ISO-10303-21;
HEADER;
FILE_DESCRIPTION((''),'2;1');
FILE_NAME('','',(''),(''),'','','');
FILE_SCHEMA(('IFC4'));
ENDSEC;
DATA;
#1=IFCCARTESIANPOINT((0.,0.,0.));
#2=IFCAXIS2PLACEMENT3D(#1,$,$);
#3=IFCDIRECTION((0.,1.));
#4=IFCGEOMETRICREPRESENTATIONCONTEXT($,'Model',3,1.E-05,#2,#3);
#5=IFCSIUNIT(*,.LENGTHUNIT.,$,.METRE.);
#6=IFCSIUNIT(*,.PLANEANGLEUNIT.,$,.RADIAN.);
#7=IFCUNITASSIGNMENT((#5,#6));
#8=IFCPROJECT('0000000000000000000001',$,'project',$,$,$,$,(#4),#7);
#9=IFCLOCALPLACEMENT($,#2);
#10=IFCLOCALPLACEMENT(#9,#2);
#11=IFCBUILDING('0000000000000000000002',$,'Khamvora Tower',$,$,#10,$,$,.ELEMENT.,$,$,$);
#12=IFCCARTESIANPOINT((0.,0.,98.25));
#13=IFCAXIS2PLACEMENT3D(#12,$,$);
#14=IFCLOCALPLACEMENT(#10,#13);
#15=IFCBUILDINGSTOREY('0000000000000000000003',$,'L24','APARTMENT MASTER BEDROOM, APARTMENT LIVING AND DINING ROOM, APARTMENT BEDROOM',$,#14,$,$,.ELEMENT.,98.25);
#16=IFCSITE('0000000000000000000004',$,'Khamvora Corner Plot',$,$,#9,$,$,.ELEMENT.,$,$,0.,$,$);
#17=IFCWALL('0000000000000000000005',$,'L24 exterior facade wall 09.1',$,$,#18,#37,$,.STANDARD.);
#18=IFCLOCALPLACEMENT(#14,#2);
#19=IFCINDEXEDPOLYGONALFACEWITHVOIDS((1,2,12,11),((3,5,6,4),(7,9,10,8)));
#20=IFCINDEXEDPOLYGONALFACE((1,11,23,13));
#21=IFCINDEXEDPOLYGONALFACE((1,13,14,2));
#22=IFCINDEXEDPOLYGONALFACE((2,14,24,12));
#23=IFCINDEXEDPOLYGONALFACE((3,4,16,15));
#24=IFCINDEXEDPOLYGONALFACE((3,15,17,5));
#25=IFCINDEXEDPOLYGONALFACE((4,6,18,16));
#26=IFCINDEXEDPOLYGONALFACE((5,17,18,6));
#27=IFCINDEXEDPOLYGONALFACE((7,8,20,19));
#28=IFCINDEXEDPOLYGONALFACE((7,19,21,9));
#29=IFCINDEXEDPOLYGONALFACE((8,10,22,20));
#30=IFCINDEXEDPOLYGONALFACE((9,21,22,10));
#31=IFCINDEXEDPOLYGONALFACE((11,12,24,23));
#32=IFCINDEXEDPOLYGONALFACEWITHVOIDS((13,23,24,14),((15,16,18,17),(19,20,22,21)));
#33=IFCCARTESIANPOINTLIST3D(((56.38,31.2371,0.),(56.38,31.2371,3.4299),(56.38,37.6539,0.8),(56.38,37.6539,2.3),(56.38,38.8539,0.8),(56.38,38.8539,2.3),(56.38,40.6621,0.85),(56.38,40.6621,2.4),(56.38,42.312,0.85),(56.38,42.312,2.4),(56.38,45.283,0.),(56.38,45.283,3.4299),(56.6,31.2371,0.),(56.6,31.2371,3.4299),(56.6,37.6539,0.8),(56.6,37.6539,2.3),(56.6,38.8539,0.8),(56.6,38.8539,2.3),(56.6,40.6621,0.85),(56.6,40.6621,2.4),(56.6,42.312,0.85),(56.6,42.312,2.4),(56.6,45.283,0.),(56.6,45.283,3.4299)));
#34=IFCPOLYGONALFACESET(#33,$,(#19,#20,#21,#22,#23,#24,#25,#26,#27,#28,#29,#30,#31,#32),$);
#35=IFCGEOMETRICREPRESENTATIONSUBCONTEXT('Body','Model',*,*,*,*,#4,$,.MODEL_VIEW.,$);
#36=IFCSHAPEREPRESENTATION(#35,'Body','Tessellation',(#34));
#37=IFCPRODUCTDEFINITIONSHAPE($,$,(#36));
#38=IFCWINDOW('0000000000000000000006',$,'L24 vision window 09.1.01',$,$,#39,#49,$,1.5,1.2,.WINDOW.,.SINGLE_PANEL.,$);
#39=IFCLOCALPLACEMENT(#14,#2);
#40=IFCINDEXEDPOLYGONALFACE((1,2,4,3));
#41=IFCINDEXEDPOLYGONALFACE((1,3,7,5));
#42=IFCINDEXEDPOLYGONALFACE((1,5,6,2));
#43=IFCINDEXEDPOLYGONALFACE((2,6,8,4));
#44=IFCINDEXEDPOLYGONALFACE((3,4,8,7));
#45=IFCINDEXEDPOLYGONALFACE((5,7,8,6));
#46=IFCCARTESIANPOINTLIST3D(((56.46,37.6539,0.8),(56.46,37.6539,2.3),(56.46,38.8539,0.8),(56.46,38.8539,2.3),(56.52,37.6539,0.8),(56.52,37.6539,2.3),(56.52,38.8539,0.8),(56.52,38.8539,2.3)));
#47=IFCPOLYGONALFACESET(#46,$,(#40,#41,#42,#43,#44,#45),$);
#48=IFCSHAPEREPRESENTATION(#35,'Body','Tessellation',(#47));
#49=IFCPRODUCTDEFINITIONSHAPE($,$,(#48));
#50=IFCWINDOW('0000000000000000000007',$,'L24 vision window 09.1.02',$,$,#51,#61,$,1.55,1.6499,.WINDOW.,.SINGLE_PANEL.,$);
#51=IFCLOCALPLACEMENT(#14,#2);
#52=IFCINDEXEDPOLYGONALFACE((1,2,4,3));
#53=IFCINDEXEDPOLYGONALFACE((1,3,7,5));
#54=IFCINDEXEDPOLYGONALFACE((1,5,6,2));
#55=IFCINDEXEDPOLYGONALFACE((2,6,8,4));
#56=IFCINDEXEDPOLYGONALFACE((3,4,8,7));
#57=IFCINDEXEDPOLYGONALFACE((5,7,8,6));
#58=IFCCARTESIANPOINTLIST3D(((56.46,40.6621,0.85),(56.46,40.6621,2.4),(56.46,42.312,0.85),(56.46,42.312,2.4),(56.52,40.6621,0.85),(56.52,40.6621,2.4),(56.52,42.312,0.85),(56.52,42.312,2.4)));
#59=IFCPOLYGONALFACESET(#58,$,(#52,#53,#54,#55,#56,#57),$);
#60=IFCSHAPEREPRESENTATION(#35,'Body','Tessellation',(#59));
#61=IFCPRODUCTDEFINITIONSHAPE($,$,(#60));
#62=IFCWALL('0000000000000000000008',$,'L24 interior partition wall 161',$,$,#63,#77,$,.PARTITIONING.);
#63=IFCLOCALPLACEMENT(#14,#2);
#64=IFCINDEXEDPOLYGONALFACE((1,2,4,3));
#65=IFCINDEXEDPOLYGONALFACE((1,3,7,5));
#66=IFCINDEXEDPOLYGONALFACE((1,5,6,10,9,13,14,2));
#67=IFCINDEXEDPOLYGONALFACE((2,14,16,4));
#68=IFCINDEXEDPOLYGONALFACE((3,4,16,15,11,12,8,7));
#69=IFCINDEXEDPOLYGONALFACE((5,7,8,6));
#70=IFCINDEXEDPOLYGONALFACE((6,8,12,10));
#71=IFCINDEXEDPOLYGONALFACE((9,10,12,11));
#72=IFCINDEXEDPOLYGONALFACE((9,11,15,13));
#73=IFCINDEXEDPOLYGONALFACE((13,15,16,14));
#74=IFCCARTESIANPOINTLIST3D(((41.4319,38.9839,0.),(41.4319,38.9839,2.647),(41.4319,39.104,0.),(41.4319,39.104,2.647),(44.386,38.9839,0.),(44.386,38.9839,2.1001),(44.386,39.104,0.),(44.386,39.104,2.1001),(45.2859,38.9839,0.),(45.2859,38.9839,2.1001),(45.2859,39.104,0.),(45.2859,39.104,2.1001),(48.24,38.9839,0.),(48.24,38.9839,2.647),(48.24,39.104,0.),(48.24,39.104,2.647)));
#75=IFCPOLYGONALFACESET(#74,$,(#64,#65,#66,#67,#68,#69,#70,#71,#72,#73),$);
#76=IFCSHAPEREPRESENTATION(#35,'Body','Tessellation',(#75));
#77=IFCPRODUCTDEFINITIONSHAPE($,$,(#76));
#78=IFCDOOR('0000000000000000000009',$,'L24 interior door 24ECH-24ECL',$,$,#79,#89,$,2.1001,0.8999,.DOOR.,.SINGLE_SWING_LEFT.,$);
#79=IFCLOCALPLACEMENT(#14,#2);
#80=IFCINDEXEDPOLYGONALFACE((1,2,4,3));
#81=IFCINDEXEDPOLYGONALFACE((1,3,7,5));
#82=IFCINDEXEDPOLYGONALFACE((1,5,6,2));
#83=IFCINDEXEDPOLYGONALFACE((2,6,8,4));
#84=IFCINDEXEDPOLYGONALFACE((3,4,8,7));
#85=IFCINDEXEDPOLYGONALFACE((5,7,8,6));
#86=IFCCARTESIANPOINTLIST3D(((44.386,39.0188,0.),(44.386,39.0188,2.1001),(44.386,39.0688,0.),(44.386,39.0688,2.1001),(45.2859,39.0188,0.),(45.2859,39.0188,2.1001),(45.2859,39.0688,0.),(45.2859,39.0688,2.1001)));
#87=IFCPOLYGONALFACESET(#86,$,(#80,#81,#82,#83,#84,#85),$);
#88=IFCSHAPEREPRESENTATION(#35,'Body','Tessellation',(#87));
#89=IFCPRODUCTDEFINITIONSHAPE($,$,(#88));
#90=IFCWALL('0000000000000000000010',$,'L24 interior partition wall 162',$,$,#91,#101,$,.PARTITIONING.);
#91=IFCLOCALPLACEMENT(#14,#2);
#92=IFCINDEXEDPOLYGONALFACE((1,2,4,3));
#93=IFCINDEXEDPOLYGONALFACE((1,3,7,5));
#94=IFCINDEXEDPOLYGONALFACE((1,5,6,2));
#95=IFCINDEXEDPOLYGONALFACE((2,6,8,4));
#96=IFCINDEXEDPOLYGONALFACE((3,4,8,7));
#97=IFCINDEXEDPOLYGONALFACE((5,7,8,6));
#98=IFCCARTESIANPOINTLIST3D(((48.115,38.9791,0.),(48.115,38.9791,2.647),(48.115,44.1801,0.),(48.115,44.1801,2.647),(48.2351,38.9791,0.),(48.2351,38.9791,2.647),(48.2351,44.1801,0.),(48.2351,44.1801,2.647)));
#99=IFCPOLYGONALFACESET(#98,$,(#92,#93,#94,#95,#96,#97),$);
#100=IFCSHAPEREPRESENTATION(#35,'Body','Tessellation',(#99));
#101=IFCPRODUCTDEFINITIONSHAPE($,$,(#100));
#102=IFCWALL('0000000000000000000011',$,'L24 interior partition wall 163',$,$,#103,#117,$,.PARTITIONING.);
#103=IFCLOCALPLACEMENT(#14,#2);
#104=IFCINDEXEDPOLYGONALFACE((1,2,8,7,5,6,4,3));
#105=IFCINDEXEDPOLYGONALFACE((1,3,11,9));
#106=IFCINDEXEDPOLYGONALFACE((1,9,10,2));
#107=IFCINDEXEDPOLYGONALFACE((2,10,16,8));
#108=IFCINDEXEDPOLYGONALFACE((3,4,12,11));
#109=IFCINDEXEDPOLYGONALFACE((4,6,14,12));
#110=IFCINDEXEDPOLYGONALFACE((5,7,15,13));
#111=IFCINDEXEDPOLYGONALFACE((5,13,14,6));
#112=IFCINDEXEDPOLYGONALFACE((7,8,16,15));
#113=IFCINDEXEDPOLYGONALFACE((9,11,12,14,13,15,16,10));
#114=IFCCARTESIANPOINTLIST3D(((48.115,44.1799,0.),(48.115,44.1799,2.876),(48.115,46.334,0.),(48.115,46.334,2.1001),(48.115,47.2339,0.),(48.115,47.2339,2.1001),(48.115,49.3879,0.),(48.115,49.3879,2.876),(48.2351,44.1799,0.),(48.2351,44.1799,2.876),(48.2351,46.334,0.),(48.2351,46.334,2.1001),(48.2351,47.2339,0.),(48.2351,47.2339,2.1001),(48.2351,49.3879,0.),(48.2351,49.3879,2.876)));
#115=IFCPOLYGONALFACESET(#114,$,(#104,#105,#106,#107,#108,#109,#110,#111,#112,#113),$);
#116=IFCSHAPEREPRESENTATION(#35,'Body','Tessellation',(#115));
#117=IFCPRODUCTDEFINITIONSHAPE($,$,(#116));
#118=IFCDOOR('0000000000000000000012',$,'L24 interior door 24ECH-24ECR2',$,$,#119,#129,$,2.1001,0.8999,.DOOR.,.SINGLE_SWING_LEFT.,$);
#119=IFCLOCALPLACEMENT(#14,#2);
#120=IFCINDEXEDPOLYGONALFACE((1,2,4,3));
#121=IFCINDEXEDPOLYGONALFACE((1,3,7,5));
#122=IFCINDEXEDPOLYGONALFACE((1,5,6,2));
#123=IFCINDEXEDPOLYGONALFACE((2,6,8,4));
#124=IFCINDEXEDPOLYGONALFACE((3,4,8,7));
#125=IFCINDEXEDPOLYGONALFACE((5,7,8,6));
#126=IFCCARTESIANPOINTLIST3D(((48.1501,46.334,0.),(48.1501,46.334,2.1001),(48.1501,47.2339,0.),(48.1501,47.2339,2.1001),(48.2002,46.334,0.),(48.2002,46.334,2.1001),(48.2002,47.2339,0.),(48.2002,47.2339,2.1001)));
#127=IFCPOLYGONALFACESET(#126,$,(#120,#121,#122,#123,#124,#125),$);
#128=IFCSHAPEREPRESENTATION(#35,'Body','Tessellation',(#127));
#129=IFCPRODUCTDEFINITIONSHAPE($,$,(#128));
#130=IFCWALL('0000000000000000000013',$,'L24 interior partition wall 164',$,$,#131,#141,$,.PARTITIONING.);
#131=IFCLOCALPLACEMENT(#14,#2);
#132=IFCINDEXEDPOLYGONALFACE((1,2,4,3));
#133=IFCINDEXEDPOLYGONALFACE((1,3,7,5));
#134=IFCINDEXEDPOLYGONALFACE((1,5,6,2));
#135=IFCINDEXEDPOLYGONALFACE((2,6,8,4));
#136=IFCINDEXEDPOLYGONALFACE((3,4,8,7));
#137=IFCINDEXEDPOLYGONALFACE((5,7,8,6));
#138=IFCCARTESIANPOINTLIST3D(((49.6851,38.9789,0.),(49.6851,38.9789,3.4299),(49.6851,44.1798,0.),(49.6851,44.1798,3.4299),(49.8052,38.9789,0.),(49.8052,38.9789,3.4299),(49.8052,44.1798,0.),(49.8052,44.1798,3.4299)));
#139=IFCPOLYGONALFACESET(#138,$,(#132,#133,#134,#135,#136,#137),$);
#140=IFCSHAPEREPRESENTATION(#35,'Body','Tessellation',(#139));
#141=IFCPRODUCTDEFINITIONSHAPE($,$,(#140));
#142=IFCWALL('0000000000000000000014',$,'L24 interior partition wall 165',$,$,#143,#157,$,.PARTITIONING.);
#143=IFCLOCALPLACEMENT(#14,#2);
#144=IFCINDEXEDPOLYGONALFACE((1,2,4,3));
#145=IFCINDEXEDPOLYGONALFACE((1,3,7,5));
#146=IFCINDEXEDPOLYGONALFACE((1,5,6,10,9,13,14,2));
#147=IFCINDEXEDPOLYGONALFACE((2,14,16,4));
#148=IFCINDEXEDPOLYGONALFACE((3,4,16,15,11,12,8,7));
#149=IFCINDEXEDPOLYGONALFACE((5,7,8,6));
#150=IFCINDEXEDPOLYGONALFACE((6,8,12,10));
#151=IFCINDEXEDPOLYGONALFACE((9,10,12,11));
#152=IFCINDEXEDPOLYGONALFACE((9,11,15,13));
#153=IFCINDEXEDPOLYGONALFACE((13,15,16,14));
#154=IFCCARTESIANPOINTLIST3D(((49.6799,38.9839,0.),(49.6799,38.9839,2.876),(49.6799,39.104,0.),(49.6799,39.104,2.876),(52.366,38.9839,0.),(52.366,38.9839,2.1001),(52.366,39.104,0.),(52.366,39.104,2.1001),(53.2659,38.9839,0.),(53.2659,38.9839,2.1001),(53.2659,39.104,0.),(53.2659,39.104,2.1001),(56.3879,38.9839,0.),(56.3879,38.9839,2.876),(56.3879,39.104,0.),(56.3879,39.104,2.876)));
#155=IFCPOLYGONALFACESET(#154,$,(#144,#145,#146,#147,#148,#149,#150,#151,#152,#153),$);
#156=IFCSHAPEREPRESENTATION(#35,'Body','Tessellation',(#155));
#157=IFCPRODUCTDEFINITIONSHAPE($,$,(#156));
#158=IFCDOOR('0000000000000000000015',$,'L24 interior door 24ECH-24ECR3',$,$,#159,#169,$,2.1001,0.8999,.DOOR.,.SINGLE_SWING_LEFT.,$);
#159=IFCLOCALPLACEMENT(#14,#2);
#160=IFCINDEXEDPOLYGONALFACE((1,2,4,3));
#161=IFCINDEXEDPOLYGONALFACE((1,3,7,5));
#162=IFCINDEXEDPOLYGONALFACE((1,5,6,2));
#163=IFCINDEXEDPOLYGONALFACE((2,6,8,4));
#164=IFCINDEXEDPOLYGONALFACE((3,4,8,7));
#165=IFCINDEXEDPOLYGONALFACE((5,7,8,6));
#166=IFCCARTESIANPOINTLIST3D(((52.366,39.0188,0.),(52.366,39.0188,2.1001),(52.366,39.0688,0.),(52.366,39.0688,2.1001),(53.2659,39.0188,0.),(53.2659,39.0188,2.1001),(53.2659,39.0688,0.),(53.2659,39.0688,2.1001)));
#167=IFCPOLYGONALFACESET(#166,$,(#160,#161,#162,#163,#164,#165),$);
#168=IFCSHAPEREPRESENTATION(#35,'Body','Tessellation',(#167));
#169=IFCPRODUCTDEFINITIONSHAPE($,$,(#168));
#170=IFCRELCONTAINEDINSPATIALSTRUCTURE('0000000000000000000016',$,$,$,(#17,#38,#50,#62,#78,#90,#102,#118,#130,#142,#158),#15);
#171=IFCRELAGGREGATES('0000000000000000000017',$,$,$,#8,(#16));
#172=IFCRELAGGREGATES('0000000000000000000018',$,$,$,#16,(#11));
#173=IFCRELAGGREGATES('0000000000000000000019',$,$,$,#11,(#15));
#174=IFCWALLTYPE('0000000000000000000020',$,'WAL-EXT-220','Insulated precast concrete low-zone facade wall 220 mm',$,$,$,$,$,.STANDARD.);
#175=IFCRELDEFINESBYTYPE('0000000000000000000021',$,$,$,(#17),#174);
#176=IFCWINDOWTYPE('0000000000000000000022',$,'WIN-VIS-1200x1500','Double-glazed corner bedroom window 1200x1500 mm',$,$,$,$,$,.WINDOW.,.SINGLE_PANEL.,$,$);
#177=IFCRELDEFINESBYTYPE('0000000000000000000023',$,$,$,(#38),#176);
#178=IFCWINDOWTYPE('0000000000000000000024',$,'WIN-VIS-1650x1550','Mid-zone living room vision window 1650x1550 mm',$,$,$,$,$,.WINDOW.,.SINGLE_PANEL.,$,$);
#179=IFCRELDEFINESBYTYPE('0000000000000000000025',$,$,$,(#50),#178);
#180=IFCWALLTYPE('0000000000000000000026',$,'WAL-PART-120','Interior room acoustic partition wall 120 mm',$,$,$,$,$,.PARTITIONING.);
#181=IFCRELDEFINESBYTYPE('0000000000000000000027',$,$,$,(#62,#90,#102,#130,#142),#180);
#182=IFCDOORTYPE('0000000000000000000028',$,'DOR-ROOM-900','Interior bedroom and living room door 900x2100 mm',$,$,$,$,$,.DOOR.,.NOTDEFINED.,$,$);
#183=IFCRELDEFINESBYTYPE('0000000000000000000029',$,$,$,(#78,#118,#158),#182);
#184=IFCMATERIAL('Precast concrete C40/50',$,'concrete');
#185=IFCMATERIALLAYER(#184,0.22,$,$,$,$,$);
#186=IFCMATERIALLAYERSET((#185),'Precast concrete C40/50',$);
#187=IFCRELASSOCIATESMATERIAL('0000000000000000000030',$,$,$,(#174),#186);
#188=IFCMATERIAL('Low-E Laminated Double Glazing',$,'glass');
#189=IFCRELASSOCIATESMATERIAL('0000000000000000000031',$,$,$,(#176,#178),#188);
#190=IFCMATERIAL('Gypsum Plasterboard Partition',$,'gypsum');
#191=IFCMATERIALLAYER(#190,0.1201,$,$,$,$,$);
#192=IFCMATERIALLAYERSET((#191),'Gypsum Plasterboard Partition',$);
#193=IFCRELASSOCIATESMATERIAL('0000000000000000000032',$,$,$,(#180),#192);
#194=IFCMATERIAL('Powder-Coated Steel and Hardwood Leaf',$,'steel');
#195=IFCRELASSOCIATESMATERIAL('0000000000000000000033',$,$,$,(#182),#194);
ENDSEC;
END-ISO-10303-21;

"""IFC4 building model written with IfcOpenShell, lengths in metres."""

from ifc_helpers import new_model, si_unit, direction, frame, frame_2d, origin, place, context, subcontext, project, spatial, rectangle, extrude, material, layer, layer_set, type_object, element, fill, save


model = new_model("IFC4")

# Units and contexts
model_context = context("Model", 3, precision=1e-05, world=origin(), true_north=direction((0.0, 1.0)))
body_context = subcontext(model_context, "Body", "Model", "MODEL_VIEW")
ifc_project = project(units=[si_unit("LENGTHUNIT", "METRE"), si_unit("PLANEANGLEUNIT", "RADIAN")], contexts=[model_context])

# Site, building, storey
site_placement = place(None, origin())
site = spatial("IfcSite", under=ifc_project, at=site_placement, Name="Khamvora Corner Plot", CompositionType="ELEMENT", RefElevation=0.0)
building_placement = place(site_placement, origin())
building = spatial("IfcBuilding", under=site, at=building_placement, Name="Khamvora Tower", CompositionType="ELEMENT")
storey_placement = place(building_placement, frame((0.0, 0.0, 98.25)))
storey = spatial("IfcBuildingStorey", under=building, at=storey_placement, Name="L24", Description="APARTMENT MASTER BEDROOM, APARTMENT LIVING AND DINING ROOM, APARTMENT BEDROOM", CompositionType="ELEMENT", Elevation=98.25)

# Shared definitions
ifc_material_1 = material(Name="Precast concrete C40/50", Category="concrete")
ifc_layer_1 = layer(ifc_material_1, 0.22)
ifc_layer_set_1 = layer_set([ifc_layer_1], Name="Precast concrete C40/50")
wall_type_1 = type_object("IfcWallType", Name="WAL-EXT-220", Description="Insulated precast concrete low-zone facade wall 220 mm", PredefinedType="STANDARD", material=ifc_layer_set_1)

# Wall, openings, windows
wall_1_placement = place(storey_placement, frame((56.49, 45.283, 0.0), z_axis=(0.0, 0.0, 1.0), x_axis=(0.0, -1.0, 0.0)))
wall_1 = element("IfcWall", 1, at=wall_1_placement, inside=storey, type_object=wall_type_1, Name="L24 exterior facade wall 09.1", PredefinedType="STANDARD", context=body_context, shape_type="SweptSolid", body=[
    extrude(rectangle(XDim=14.0459, YDim=0.22, at=frame_2d((7.0229, 0.0))), origin(), (0.0, 0.0, 1.0), 3.4299),
])
opening_1_placement = place(wall_1_placement, frame((6.429, 0.0, 0.8)))
opening_1 = element("IfcOpeningElement", 2, at=opening_1_placement, cuts=wall_1, PredefinedType="OPENING", context=body_context, shape_type="SweptSolid", body=[
    extrude(rectangle(XDim=1.2, YDim=1.5, at=frame_2d((0.6001, 0.75))), frame((0.0, 0.1199, 0.0), z_axis=(0.0, -1.0, 0.0), x_axis=(1.0, 0.0, 0.0)), (0.0, 0.0, 1.0), 0.24),
])
opening_2_placement = place(wall_1_placement, frame((2.9709, 0.0, 0.8501)))
opening_2 = element("IfcOpeningElement", 3, at=opening_2_placement, cuts=wall_1, PredefinedType="OPENING", context=body_context, shape_type="SweptSolid", body=[
    extrude(rectangle(XDim=1.6499, YDim=1.55, at=frame_2d((0.825, 0.7749))), frame((0.0, 0.1199, 0.0), z_axis=(0.0, -1.0, 0.0), x_axis=(1.0, 0.0, 0.0)), (0.0, 0.0, 1.0), 0.24),
])
ifc_material_2 = material(Name="Low-E Laminated Double Glazing", Category="glass")
window_type_1 = type_object("IfcWindowType", Name="WIN-VIS-1200x1500", Description="Double-glazed corner bedroom window 1200x1500 mm", PartitioningType="SINGLE_PANEL", PredefinedType="WINDOW", material=ifc_material_2)
window_1_placement = place(opening_1_placement, origin())
window_1 = element("IfcWindow", 4, at=window_1_placement, inside=storey, type_object=window_type_1, Name="L24 vision window 09.1.01", OverallHeight=1.5, OverallWidth=1.2, PartitioningType="SINGLE_PANEL", PredefinedType="WINDOW", context=body_context, shape_type="SweptSolid", body=[
    extrude(rectangle(XDim=1.2, YDim=1.5, at=frame_2d((0.6001, 0.75))), frame((0.0, 0.03, 0.0), z_axis=(0.0, -1.0, 0.0), x_axis=(1.0, 0.0, 0.0)), (0.0, 0.0, 1.0), 0.0601),
])
fill(opening_1, window_1)
window_type_2 = type_object("IfcWindowType", Name="WIN-VIS-1650x1550", Description="Mid-zone living room vision window 1650x1550 mm", PartitioningType="SINGLE_PANEL", PredefinedType="WINDOW", material=ifc_material_2)
window_2_placement = place(opening_2_placement, origin())
window_2 = element("IfcWindow", 5, at=window_2_placement, inside=storey, type_object=window_type_2, Name="L24 vision window 09.1.02", OverallHeight=1.55, OverallWidth=1.6499, PartitioningType="SINGLE_PANEL", PredefinedType="WINDOW", context=body_context, shape_type="SweptSolid", body=[
    extrude(rectangle(XDim=1.6499, YDim=1.55, at=frame_2d((0.825, 0.7749))), frame((0.0, 0.03, 0.0), z_axis=(0.0, -1.0, 0.0), x_axis=(1.0, 0.0, 0.0)), (0.0, 0.0, 1.0), 0.0601),
])
fill(opening_2, window_2)

# Wall, opening, door
ifc_material_3 = material(Name="Gypsum Plasterboard Partition", Category="gypsum")
ifc_layer_2 = layer(ifc_material_3, 0.1201)
ifc_layer_set_2 = layer_set([ifc_layer_2], Name="Gypsum Plasterboard Partition")
wall_type_2 = type_object("IfcWallType", Name="WAL-PART-120", Description="Interior room acoustic partition wall 120 mm", PredefinedType="PARTITIONING", material=ifc_layer_set_2)
wall_2_placement = place(storey_placement, frame((41.4319, 39.0439, 0.0), z_axis=(0.0, 0.0, 1.0), x_axis=(1.0, 0.0, 0.0)))
wall_2 = element("IfcWall", 6, at=wall_2_placement, inside=storey, type_object=wall_type_2, Name="L24 interior partition wall 161", PredefinedType="PARTITIONING", context=body_context, shape_type="SweptSolid", body=[
    extrude(rectangle(XDim=6.8081, YDim=0.1201, at=frame_2d((3.4041, 0.0))), origin(), (0.0, 0.0, 1.0), 2.647),
])
opening_3_placement = place(wall_2_placement, frame((2.9541, 0.0, 0.0)))
opening_3 = element("IfcOpeningElement", 7, at=opening_3_placement, cuts=wall_2, PredefinedType="OPENING", context=body_context, shape_type="SweptSolid", body=[
    extrude(rectangle(XDim=0.8999, YDim=2.1001, at=frame_2d((0.45, 1.05))), frame((0.0, 0.0701, 0.0), z_axis=(0.0, -1.0, 0.0), x_axis=(1.0, 0.0, 0.0)), (0.0, 0.0, 1.0), 0.1401),
])
ifc_material_4 = material(Name="Powder-Coated Steel and Hardwood Leaf", Category="steel")
door_type_1 = type_object("IfcDoorType", Name="DOR-ROOM-900", Description="Interior bedroom and living room door 900x2100 mm", OperationType="NOTDEFINED", PredefinedType="DOOR", material=ifc_material_4)
door_1_placement = place(opening_3_placement, origin())
door_1 = element("IfcDoor", 8, at=door_1_placement, inside=storey, type_object=door_type_1, Name="L24 interior door 24ECH-24ECL", OperationType="SINGLE_SWING_LEFT", OverallHeight=2.1001, OverallWidth=0.8999, PredefinedType="DOOR", context=body_context, shape_type="SweptSolid", body=[
    extrude(rectangle(XDim=0.8999, YDim=2.1001, at=frame_2d((0.45, 1.05))), frame((0.0, 0.0249, 0.0), z_axis=(0.0, -1.0, 0.0), x_axis=(1.0, 0.0, 0.0)), (0.0, 0.0, 1.0), 0.05),
])
fill(opening_3, door_1)

# Wall
wall_3_placement = place(storey_placement, frame((48.175, 38.979, 0.0), z_axis=(0.0, 0.0, 1.0), x_axis=(0.0, 1.0, 0.0)))
element("IfcWall", 9, at=wall_3_placement, inside=storey, type_object=wall_type_2, Name="L24 interior partition wall 162", PredefinedType="PARTITIONING", context=body_context, shape_type="SweptSolid", body=[
    extrude(rectangle(XDim=5.2009, YDim=0.1201, at=frame_2d((2.6006, 0.0))), origin(), (0.0, 0.0, 1.0), 2.647),
])

# Wall, opening, door
wall_4_placement = place(storey_placement, frame((48.175, 44.1799, 0.0), z_axis=(0.0, 0.0, 1.0), x_axis=(0.0, 1.0, 0.0)))
wall_4 = element("IfcWall", 10, at=wall_4_placement, inside=storey, type_object=wall_type_2, Name="L24 interior partition wall 163", PredefinedType="PARTITIONING", context=body_context, shape_type="SweptSolid", body=[
    extrude(rectangle(XDim=5.208, YDim=0.1201, at=frame_2d((2.604, 0.0))), origin(), (0.0, 0.0, 1.0), 2.876),
])
opening_4_placement = place(wall_4_placement, frame((2.1541, 0.0, 0.0)))
opening_4 = element("IfcOpeningElement", 11, at=opening_4_placement, cuts=wall_4, PredefinedType="OPENING", context=body_context, shape_type="SweptSolid", body=[
    extrude(rectangle(XDim=0.8999, YDim=2.1001, at=frame_2d((0.45, 1.05))), frame((0.0, 0.0701, 0.0), z_axis=(0.0, -1.0, 0.0), x_axis=(1.0, 0.0, 0.0)), (0.0, 0.0, 1.0), 0.1401),
])
door_2_placement = place(opening_4_placement, origin())
door_2 = element("IfcDoor", 12, at=door_2_placement, inside=storey, type_object=door_type_1, Name="L24 interior door 24ECH-24ECR2", OperationType="SINGLE_SWING_LEFT", OverallHeight=2.1001, OverallWidth=0.8999, PredefinedType="DOOR", context=body_context, shape_type="SweptSolid", body=[
    extrude(rectangle(XDim=0.8999, YDim=2.1001, at=frame_2d((0.45, 1.05))), frame((0.0, 0.0249, 0.0), z_axis=(0.0, -1.0, 0.0), x_axis=(1.0, 0.0, 0.0)), (0.0, 0.0, 1.0), 0.05),
])
fill(opening_4, door_2)

# Wall
wall_5_placement = place(storey_placement, frame((49.7451, 44.1799, 0.0), z_axis=(0.0, 0.0, 1.0), x_axis=(0.0, -1.0, 0.0)))
element("IfcWall", 13, at=wall_5_placement, inside=storey, type_object=wall_type_2, Name="L24 interior partition wall 164", PredefinedType="PARTITIONING", context=body_context, shape_type="SweptSolid", body=[
    extrude(rectangle(XDim=5.2009, YDim=0.1201, at=frame_2d((2.6006, 0.0))), origin(), (0.0, 0.0, 1.0), 3.4299),
])

# Wall, opening, door
wall_6_placement = place(storey_placement, frame((49.6799, 39.0439, 0.0), z_axis=(0.0, 0.0, 1.0), x_axis=(1.0, 0.0, 0.0)))
wall_6 = element("IfcWall", 14, at=wall_6_placement, inside=storey, type_object=wall_type_2, Name="L24 interior partition wall 165", PredefinedType="PARTITIONING", context=body_context, shape_type="SweptSolid", body=[
    extrude(rectangle(XDim=6.708, YDim=0.1201, at=frame_2d((3.354, 0.0))), origin(), (0.0, 0.0, 1.0), 2.876),
])
opening_5_placement = place(wall_6_placement, frame((2.686, 0.0, 0.0)))
opening_5 = element("IfcOpeningElement", 15, at=opening_5_placement, cuts=wall_6, PredefinedType="OPENING", context=body_context, shape_type="SweptSolid", body=[
    extrude(rectangle(XDim=0.8999, YDim=2.1001, at=frame_2d((0.45, 1.05))), frame((0.0, 0.0701, 0.0), z_axis=(0.0, -1.0, 0.0), x_axis=(1.0, 0.0, 0.0)), (0.0, 0.0, 1.0), 0.1401),
])
door_3_placement = place(opening_5_placement, origin())
door_3 = element("IfcDoor", 16, at=door_3_placement, inside=storey, type_object=door_type_1, Name="L24 interior door 24ECH-24ECR3", OperationType="SINGLE_SWING_LEFT", OverallHeight=2.1001, OverallWidth=0.8999, PredefinedType="DOOR", context=body_context, shape_type="SweptSolid", body=[
    extrude(rectangle(XDim=0.8999, YDim=2.1001, at=frame_2d((0.45, 1.05))), frame((0.0, 0.0249, 0.0), z_axis=(0.0, -1.0, 0.0), x_axis=(1.0, 0.0, 0.0)), (0.0, 0.0, 1.0), 0.05),
])
fill(opening_5, door_3)

save(model, "model.ifc")
